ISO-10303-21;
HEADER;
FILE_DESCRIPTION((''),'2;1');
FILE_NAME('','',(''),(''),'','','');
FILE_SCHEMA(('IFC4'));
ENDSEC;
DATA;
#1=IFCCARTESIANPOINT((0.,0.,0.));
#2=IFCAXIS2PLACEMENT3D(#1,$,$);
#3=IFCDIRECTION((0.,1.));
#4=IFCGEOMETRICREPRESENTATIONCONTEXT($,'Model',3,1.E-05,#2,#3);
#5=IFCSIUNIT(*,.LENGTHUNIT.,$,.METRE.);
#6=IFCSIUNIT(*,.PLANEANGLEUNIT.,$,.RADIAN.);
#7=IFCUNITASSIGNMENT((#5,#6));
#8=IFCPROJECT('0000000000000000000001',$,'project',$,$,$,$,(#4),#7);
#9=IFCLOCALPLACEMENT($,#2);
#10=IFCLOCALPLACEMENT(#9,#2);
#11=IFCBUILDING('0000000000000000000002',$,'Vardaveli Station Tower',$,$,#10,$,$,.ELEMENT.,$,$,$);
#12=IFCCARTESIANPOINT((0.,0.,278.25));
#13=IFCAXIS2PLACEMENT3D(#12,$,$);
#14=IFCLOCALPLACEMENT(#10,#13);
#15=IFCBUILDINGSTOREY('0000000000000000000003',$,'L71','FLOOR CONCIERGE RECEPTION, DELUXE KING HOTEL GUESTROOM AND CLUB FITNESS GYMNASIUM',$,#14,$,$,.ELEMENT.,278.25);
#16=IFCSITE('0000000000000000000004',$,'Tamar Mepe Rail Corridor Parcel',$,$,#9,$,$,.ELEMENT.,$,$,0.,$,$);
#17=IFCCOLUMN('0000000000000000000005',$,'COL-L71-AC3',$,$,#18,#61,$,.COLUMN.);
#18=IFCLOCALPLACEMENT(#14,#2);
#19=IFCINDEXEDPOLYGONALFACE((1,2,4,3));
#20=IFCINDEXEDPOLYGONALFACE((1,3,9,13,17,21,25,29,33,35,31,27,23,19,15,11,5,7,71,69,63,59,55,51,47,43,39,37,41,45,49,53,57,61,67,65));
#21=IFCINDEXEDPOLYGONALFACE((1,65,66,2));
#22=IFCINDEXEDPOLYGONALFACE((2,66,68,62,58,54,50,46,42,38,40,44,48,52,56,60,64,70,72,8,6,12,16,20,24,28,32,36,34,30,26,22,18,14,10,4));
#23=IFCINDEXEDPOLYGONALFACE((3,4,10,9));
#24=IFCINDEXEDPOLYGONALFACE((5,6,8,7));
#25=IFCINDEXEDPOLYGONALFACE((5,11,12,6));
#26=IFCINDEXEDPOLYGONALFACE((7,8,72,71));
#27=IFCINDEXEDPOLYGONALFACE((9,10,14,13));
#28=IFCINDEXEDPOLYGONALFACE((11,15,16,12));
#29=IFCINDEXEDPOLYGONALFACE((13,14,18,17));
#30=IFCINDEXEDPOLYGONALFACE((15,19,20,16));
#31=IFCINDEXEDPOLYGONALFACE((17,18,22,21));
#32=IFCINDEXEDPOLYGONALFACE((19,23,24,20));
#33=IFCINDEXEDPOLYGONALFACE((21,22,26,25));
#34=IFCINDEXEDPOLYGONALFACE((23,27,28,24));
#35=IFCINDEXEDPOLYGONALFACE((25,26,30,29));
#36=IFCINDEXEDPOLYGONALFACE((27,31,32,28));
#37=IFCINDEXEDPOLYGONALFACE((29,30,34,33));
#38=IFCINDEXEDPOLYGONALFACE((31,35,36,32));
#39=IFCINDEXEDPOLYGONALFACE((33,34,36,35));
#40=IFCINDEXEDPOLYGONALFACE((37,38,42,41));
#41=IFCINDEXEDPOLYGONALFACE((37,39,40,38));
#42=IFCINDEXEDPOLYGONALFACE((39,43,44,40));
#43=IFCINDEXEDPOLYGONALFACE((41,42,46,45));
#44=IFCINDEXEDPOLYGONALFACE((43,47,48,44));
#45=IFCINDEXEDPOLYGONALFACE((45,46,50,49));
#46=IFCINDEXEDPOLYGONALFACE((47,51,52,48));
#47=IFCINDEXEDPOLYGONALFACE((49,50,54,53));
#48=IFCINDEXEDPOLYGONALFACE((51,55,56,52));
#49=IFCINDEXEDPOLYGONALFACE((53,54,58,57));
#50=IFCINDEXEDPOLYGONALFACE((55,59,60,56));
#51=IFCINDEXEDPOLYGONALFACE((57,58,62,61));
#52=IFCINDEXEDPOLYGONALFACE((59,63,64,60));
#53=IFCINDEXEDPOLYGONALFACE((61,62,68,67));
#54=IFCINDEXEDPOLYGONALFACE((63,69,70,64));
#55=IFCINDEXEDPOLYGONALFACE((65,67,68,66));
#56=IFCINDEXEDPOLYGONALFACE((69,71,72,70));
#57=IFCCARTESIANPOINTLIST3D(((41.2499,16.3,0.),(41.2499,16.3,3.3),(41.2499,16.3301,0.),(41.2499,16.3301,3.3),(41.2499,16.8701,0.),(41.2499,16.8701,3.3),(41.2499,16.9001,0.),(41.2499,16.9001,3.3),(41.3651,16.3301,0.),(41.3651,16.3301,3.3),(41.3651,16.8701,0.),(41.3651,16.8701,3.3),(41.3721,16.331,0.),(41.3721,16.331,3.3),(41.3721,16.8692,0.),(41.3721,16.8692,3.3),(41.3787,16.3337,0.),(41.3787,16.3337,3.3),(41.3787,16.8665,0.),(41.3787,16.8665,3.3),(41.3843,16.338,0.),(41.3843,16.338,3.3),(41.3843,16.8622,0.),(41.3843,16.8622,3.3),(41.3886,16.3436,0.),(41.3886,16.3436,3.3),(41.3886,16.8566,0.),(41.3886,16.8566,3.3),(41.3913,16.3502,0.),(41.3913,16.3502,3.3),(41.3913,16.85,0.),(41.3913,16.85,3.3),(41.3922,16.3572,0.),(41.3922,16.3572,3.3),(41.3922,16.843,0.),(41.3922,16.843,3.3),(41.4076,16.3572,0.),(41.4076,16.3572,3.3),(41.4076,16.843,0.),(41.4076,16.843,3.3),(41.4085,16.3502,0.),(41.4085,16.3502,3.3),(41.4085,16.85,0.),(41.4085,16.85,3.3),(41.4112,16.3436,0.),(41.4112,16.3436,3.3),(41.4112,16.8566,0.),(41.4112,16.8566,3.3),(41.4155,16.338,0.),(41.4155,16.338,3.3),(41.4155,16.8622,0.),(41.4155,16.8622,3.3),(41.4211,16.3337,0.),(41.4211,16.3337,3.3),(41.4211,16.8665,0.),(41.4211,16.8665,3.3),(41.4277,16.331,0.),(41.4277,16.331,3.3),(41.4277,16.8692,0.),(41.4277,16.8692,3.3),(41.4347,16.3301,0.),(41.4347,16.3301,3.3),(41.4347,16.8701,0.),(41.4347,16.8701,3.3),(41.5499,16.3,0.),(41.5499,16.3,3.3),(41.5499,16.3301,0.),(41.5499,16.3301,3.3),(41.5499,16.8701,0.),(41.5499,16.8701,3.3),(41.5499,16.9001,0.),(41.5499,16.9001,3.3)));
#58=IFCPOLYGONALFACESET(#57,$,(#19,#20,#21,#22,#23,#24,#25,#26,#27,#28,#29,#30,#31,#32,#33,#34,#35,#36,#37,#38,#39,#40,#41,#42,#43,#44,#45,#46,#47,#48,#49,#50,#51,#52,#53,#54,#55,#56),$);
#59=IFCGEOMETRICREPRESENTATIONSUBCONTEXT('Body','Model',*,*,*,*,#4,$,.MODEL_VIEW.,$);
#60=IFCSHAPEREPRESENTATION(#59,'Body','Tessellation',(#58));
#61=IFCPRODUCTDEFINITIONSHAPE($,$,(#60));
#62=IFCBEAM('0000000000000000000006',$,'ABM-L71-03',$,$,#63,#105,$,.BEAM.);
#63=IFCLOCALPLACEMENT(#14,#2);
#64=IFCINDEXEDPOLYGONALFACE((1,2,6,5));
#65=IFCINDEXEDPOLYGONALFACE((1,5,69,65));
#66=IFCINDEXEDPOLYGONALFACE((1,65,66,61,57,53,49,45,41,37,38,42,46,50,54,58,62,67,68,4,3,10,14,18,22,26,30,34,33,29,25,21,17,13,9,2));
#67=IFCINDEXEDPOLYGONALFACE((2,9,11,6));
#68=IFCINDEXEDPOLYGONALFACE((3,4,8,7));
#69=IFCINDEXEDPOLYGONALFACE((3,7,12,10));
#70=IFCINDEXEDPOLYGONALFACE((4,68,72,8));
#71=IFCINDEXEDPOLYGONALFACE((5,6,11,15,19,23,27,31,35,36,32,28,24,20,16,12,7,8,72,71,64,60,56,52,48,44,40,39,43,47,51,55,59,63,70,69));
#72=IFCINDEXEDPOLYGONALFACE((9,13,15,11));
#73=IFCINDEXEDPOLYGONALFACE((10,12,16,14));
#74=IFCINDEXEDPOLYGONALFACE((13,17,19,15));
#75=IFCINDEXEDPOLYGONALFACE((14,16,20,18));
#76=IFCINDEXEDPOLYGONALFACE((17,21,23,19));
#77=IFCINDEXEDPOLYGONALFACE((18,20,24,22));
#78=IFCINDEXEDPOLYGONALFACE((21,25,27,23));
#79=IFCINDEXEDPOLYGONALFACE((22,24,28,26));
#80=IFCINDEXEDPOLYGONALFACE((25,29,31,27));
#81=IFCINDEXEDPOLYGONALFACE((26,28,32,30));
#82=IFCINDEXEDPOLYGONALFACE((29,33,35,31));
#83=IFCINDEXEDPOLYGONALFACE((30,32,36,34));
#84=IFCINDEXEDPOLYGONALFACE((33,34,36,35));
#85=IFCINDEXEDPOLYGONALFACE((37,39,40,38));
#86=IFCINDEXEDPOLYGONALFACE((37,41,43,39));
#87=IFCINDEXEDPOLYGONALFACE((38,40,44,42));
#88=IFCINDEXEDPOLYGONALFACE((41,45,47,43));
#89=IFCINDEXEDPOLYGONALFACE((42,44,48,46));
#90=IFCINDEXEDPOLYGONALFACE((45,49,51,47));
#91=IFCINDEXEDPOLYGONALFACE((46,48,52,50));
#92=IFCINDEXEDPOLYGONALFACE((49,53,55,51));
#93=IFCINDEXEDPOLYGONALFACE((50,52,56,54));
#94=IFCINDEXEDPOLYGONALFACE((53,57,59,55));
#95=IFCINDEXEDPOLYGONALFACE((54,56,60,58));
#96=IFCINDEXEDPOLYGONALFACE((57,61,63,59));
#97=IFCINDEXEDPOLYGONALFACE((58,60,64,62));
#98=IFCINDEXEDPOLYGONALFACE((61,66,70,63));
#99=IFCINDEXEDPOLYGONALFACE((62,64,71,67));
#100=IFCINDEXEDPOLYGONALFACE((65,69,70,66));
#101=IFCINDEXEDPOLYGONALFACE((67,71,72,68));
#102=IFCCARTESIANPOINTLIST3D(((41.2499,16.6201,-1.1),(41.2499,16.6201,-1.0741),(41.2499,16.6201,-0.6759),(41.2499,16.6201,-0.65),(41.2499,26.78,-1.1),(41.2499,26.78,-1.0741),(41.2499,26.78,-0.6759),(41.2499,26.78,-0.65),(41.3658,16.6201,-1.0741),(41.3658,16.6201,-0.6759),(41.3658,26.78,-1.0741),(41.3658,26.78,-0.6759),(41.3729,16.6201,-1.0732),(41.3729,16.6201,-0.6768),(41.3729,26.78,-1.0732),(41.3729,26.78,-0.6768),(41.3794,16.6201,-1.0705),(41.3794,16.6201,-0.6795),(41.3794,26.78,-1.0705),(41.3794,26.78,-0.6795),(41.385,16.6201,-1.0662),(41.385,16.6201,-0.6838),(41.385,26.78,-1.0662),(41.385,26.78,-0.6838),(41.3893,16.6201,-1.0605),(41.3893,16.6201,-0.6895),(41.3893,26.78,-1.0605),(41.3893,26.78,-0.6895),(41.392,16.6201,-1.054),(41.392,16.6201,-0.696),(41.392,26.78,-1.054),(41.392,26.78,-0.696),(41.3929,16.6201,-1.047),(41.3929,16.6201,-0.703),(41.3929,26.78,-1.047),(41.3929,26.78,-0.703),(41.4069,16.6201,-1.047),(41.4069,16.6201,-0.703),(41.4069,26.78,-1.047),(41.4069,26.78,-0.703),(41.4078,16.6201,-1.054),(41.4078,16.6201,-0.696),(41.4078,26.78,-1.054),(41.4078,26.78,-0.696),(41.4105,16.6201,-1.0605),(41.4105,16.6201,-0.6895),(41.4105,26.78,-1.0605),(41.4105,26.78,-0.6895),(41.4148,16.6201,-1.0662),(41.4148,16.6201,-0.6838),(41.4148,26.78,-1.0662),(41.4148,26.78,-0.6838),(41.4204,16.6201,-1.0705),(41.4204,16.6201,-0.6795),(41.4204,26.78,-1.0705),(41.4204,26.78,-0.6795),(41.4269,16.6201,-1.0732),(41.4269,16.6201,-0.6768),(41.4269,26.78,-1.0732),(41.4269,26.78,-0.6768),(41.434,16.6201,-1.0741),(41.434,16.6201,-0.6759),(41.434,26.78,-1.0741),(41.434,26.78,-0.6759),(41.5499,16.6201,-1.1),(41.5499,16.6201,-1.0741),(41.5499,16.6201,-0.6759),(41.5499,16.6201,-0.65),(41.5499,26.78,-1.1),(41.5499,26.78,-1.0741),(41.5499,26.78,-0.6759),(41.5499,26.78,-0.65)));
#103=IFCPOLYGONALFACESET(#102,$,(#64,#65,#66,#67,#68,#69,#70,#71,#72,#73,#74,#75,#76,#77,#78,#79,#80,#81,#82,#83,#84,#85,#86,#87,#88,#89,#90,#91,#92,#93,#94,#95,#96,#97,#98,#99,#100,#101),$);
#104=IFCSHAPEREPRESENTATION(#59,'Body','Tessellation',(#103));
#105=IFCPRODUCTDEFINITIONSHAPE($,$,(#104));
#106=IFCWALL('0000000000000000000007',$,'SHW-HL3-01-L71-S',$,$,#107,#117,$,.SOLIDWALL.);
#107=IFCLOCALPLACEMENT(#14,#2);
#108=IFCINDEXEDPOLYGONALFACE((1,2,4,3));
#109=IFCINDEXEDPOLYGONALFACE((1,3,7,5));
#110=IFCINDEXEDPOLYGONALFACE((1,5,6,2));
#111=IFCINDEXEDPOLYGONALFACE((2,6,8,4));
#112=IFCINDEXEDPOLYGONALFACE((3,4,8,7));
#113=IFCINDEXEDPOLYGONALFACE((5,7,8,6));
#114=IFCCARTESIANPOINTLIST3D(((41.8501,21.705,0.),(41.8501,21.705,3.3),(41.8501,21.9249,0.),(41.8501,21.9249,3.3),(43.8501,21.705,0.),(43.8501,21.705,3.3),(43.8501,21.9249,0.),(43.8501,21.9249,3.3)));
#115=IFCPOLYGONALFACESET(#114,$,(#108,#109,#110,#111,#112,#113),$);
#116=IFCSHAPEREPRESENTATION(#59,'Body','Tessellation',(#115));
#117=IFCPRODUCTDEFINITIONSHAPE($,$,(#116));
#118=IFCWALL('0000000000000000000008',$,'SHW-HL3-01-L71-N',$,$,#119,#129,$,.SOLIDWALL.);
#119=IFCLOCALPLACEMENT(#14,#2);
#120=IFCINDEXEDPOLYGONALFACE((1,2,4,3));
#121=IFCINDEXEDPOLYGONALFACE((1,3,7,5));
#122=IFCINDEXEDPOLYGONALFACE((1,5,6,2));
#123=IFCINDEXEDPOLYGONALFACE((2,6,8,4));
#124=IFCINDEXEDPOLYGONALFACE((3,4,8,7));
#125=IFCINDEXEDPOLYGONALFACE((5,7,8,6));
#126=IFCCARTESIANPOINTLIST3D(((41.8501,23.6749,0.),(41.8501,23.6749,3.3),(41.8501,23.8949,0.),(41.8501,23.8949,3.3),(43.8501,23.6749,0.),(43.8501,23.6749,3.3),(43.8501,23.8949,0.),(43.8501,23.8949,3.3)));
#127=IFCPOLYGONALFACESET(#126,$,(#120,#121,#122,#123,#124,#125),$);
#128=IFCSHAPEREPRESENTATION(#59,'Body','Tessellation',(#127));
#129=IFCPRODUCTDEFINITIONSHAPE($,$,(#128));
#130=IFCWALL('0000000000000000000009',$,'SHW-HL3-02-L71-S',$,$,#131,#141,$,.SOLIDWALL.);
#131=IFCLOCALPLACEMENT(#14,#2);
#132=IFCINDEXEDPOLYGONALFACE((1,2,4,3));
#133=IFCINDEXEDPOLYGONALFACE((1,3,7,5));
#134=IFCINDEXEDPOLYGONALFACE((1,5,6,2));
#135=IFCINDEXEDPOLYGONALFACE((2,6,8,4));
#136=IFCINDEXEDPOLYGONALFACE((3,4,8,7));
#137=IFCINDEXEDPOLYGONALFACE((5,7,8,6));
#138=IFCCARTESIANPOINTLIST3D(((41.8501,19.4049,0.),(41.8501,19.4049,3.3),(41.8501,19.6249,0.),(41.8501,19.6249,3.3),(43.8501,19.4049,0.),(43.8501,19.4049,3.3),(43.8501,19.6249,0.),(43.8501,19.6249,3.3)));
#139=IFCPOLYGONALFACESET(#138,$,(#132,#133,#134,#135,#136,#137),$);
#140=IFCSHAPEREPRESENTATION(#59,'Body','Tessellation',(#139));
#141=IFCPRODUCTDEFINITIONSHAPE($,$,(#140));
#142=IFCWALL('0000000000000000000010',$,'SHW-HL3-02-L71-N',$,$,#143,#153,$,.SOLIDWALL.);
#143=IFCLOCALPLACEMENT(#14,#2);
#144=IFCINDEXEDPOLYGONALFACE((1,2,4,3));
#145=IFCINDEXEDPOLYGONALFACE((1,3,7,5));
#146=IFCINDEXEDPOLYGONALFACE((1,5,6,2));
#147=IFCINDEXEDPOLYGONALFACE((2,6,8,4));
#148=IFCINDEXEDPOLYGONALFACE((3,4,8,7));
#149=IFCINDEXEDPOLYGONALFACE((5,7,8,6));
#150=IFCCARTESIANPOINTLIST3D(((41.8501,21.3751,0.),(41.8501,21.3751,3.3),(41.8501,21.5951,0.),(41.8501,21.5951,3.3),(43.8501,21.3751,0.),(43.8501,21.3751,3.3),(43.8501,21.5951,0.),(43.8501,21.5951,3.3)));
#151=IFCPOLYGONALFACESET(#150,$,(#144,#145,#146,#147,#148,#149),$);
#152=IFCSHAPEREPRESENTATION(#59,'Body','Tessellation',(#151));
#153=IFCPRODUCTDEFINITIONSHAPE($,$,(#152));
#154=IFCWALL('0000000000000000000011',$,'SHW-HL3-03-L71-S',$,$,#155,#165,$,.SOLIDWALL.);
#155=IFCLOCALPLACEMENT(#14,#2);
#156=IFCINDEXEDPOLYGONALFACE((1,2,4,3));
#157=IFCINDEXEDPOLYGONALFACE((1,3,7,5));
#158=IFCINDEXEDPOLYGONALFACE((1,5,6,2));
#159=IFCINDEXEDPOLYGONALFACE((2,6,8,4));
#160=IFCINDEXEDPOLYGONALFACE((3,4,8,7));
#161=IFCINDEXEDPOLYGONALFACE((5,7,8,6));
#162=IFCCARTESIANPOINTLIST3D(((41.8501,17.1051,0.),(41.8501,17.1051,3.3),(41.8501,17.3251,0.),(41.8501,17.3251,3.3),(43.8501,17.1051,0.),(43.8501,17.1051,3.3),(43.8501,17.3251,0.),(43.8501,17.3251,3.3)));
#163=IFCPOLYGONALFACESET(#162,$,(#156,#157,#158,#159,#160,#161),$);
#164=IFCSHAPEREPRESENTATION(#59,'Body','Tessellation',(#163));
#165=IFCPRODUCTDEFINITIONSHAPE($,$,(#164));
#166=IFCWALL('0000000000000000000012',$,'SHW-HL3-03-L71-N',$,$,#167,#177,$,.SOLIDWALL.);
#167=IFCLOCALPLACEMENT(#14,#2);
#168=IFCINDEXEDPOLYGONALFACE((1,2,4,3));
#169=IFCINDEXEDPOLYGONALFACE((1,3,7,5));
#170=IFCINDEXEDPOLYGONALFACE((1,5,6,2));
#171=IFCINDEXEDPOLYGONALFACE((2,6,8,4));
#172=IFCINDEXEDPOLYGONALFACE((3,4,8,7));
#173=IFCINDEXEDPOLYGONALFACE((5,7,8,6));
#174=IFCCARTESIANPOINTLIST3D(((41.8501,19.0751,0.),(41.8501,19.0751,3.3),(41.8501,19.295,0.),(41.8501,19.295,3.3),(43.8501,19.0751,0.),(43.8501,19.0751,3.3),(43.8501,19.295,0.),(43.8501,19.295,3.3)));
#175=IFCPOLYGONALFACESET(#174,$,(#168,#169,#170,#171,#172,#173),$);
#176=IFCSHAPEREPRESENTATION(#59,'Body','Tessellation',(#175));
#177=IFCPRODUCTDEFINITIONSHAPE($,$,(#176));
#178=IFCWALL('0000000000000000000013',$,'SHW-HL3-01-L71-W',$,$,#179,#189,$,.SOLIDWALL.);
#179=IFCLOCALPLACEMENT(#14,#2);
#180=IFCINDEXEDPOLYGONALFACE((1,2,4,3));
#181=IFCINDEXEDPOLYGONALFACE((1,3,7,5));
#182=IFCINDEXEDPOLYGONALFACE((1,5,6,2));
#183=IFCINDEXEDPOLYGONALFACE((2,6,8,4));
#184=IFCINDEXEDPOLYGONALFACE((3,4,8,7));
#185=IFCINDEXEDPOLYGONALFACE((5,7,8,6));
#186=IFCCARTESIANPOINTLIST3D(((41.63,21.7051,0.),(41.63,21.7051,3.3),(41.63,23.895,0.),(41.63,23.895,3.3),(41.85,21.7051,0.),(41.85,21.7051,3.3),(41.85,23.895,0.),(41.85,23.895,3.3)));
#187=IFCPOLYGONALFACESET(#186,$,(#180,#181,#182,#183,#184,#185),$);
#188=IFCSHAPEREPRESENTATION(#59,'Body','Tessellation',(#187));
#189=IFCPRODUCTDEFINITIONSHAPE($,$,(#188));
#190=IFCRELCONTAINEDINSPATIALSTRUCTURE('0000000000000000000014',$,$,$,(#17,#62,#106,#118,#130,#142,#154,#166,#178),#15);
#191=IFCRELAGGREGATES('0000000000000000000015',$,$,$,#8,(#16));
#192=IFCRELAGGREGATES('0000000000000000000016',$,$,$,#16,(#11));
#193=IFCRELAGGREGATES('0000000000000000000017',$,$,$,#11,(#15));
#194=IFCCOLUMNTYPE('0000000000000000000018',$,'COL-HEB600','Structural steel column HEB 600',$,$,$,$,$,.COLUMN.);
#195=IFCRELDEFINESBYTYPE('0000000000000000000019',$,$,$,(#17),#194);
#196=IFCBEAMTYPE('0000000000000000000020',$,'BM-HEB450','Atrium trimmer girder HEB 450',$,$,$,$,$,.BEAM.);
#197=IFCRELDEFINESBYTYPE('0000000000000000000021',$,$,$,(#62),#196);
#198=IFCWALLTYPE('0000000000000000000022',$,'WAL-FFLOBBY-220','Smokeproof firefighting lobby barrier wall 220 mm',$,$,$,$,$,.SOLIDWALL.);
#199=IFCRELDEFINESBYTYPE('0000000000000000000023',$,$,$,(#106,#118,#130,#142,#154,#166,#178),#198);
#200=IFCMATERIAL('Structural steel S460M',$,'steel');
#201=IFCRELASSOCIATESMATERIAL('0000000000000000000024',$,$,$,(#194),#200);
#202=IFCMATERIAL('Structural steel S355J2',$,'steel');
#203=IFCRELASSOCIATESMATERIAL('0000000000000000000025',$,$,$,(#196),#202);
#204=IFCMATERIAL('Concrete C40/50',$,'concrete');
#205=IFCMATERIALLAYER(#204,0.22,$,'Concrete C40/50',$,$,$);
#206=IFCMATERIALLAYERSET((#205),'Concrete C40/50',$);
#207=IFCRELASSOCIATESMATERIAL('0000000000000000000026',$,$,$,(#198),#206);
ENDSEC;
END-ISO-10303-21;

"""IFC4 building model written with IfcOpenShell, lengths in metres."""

from ifc_helpers import new_model, si_unit, direction, frame, frame_2d, origin, origin_2d, place, context, subcontext, project, spatial, rectangle, i_section, extrude, source, transform, mapped, material, layer, layer_set, material_profile, profile_set, type_object, element, save


model = new_model("IFC4")

# Units and contexts
model_context = context("Model", 3, precision=1e-05, world=origin(), true_north=direction((0.0, 1.0)))
body_context = subcontext(model_context, "Body", "Model", "MODEL_VIEW")
ifc_project = project(units=[si_unit("LENGTHUNIT", "METRE"), si_unit("PLANEANGLEUNIT", "RADIAN")], contexts=[model_context])

# Site, building, storey
site_placement = place(None, origin())
site = spatial("IfcSite", under=ifc_project, at=site_placement, Name="Tamar Mepe Rail Corridor Parcel", CompositionType="ELEMENT", RefElevation=0.0)
building_placement = place(site_placement, origin())
building = spatial("IfcBuilding", under=site, at=building_placement, Name="Vardaveli Station Tower", CompositionType="ELEMENT")
storey_placement = place(building_placement, frame((0.0, 0.0, 278.25)))
storey = spatial("IfcBuildingStorey", under=building, at=storey_placement, Name="L71", Description="FLOOR CONCIERGE RECEPTION, DELUXE KING HOTEL GUESTROOM AND CLUB FITNESS GYMNASIUM", CompositionType="ELEMENT", Elevation=278.25)

# Column
ifc_material_1 = material(Name="Structural steel S460M", Category="steel")
ifc_material_profile_1 = material_profile(ifc_material_1, i_section(OverallWidth=0.3, OverallDepth=0.6001, WebThickness=0.0154, FlangeThickness=0.03, FilletRadius=0.0271, at=origin_2d()), Name="HEB 600")
ifc_profile_set_1 = profile_set([ifc_material_profile_1], Name="Structural steel S460M")
column_type = type_object("IfcColumnType", Name="COL-HEB600", Description="Structural steel column HEB 600", PredefinedType="COLUMN", material=ifc_profile_set_1)
shared_shape_1 = source(origin(), body_context, "Body", "SweptSolid", [
    extrude(i_section(OverallWidth=0.3, OverallDepth=0.6001, WebThickness=0.0154, FlangeThickness=0.03, FilletRadius=0.0271, at=origin_2d()), origin(), (0.0, 0.0, 1.0), 3.3),
])
column_placement = place(storey_placement, frame((41.3999, 16.6001, 0.0), z_axis=(0.0, 0.0, 1.0), x_axis=(1.0, 0.0, 0.0)))
element("IfcColumn", 1, at=column_placement, inside=storey, type_object=column_type, Name="COL-L71-AC3", PredefinedType="COLUMN", context=body_context, shape_type="MappedRepresentation", body=[
    mapped(shared_shape_1, transform((0.0, 0.0, 0.0), scale=1.0)),
])

# Beam
ifc_material_2 = material(Name="Structural steel S355J2", Category="steel")
ifc_material_profile_2 = material_profile(ifc_material_2, i_section(OverallWidth=0.3, OverallDepth=0.45, WebThickness=0.0139, FlangeThickness=0.0259, FilletRadius=0.0271, at=origin_2d()), Name="HEB 450")
ifc_profile_set_2 = profile_set([ifc_material_profile_2], Name="Structural steel S355J2")
beam_type = type_object("IfcBeamType", Name="BM-HEB450", Description="Atrium trimmer girder HEB 450", PredefinedType="BEAM", material=ifc_profile_set_2)
shared_shape_2 = source(origin(), body_context, "Body", "SweptSolid", [
    extrude(i_section(OverallWidth=0.3, OverallDepth=0.45, WebThickness=0.0139, FlangeThickness=0.0259, FilletRadius=0.0271, at=origin_2d()), origin(), (0.0, 0.0, 1.0), 10.1599),
])
beam_placement = place(storey_placement, frame((41.3999, 16.6201, -0.875), z_axis=(0.0, 1.0, 0.0), x_axis=(-1.0, 0.0, 0.0)))
element("IfcBeam", 2, at=beam_placement, inside=storey, type_object=beam_type, Name="ABM-L71-03", PredefinedType="BEAM", context=body_context, shape_type="MappedRepresentation", body=[
    mapped(shared_shape_2, transform((0.0, 0.0, 0.0), scale=1.0)),
])

# Walls
ifc_material_3 = material(Name="Concrete C40/50", Category="concrete")
ifc_layer_1 = layer(ifc_material_3, 0.22, Name="Concrete C40/50")
ifc_layer_set_1 = layer_set([ifc_layer_1], Name="Concrete C40/50")
wall_type_1 = type_object("IfcWallType", Name="WAL-FFLOBBY-220", Description="Smokeproof firefighting lobby barrier wall 220 mm", PredefinedType="SOLIDWALL", material=ifc_layer_set_1)
shared_shape_3 = source(origin(), body_context, "Body", "SweptSolid", [
    extrude(rectangle(XDim=2.0, YDim=0.22, at=frame_2d((1.0, 0.0))), origin(), (0.0, 0.0, 1.0), 3.3),
])
for number, where, z_axis, x_axis, name in (
    (3, (41.8501, 21.8149, 0.0), (0.0, 0.0, 1.0), (1.0, 0.0, 0.0), "SHW-HL3-01-L71-S"),
    (4, (41.8501, 23.7849, 0.0), (0.0, 0.0, 1.0), (1.0, 0.0, 0.0), "SHW-HL3-01-L71-N"),
    (5, (41.8501, 19.5149, 0.0), (0.0, 0.0, 1.0), (1.0, 0.0, 0.0), "SHW-HL3-02-L71-S"),
    (6, (41.8501, 21.4851, 0.0), (0.0, 0.0, 1.0), (1.0, 0.0, 0.0), "SHW-HL3-02-L71-N"),
    (7, (41.8501, 17.2151, 0.0), (0.0, 0.0, 1.0), (1.0, 0.0, 0.0), "SHW-HL3-03-L71-S"),
    (8, (41.8501, 19.1851, 0.0), (0.0, 0.0, 1.0), (1.0, 0.0, 0.0), "SHW-HL3-03-L71-N"),
):
    element("IfcWall", number, at=place(storey_placement, frame(where, z_axis=z_axis, x_axis=x_axis)), inside=storey, type_object=wall_type_1, Name=name, PredefinedType="SOLIDWALL", context=body_context, shape_type="MappedRepresentation", body=[
        mapped(shared_shape_3, transform((0.0, 0.0, 0.0), scale=1.0)),
    ])
shared_shape_4 = source(origin(), body_context, "Body", "SweptSolid", [
    extrude(rectangle(XDim=2.1899, YDim=0.22, at=frame_2d((1.095, 0.0))), origin(), (0.0, 0.0, 1.0), 3.3),
])
wall_1_placement = place(storey_placement, frame((41.74, 21.7051, 0.0), z_axis=(0.0, 0.0, 1.0), x_axis=(0.0, 1.0, 0.0)))
element("IfcWall", 9, at=wall_1_placement, inside=storey, type_object=wall_type_1, Name="SHW-HL3-01-L71-W", PredefinedType="SOLIDWALL", context=body_context, shape_type="MappedRepresentation", body=[
    mapped(shared_shape_4, transform((0.0, 0.0, 0.0), scale=1.0)),
])

save(model, "model.ifc")
